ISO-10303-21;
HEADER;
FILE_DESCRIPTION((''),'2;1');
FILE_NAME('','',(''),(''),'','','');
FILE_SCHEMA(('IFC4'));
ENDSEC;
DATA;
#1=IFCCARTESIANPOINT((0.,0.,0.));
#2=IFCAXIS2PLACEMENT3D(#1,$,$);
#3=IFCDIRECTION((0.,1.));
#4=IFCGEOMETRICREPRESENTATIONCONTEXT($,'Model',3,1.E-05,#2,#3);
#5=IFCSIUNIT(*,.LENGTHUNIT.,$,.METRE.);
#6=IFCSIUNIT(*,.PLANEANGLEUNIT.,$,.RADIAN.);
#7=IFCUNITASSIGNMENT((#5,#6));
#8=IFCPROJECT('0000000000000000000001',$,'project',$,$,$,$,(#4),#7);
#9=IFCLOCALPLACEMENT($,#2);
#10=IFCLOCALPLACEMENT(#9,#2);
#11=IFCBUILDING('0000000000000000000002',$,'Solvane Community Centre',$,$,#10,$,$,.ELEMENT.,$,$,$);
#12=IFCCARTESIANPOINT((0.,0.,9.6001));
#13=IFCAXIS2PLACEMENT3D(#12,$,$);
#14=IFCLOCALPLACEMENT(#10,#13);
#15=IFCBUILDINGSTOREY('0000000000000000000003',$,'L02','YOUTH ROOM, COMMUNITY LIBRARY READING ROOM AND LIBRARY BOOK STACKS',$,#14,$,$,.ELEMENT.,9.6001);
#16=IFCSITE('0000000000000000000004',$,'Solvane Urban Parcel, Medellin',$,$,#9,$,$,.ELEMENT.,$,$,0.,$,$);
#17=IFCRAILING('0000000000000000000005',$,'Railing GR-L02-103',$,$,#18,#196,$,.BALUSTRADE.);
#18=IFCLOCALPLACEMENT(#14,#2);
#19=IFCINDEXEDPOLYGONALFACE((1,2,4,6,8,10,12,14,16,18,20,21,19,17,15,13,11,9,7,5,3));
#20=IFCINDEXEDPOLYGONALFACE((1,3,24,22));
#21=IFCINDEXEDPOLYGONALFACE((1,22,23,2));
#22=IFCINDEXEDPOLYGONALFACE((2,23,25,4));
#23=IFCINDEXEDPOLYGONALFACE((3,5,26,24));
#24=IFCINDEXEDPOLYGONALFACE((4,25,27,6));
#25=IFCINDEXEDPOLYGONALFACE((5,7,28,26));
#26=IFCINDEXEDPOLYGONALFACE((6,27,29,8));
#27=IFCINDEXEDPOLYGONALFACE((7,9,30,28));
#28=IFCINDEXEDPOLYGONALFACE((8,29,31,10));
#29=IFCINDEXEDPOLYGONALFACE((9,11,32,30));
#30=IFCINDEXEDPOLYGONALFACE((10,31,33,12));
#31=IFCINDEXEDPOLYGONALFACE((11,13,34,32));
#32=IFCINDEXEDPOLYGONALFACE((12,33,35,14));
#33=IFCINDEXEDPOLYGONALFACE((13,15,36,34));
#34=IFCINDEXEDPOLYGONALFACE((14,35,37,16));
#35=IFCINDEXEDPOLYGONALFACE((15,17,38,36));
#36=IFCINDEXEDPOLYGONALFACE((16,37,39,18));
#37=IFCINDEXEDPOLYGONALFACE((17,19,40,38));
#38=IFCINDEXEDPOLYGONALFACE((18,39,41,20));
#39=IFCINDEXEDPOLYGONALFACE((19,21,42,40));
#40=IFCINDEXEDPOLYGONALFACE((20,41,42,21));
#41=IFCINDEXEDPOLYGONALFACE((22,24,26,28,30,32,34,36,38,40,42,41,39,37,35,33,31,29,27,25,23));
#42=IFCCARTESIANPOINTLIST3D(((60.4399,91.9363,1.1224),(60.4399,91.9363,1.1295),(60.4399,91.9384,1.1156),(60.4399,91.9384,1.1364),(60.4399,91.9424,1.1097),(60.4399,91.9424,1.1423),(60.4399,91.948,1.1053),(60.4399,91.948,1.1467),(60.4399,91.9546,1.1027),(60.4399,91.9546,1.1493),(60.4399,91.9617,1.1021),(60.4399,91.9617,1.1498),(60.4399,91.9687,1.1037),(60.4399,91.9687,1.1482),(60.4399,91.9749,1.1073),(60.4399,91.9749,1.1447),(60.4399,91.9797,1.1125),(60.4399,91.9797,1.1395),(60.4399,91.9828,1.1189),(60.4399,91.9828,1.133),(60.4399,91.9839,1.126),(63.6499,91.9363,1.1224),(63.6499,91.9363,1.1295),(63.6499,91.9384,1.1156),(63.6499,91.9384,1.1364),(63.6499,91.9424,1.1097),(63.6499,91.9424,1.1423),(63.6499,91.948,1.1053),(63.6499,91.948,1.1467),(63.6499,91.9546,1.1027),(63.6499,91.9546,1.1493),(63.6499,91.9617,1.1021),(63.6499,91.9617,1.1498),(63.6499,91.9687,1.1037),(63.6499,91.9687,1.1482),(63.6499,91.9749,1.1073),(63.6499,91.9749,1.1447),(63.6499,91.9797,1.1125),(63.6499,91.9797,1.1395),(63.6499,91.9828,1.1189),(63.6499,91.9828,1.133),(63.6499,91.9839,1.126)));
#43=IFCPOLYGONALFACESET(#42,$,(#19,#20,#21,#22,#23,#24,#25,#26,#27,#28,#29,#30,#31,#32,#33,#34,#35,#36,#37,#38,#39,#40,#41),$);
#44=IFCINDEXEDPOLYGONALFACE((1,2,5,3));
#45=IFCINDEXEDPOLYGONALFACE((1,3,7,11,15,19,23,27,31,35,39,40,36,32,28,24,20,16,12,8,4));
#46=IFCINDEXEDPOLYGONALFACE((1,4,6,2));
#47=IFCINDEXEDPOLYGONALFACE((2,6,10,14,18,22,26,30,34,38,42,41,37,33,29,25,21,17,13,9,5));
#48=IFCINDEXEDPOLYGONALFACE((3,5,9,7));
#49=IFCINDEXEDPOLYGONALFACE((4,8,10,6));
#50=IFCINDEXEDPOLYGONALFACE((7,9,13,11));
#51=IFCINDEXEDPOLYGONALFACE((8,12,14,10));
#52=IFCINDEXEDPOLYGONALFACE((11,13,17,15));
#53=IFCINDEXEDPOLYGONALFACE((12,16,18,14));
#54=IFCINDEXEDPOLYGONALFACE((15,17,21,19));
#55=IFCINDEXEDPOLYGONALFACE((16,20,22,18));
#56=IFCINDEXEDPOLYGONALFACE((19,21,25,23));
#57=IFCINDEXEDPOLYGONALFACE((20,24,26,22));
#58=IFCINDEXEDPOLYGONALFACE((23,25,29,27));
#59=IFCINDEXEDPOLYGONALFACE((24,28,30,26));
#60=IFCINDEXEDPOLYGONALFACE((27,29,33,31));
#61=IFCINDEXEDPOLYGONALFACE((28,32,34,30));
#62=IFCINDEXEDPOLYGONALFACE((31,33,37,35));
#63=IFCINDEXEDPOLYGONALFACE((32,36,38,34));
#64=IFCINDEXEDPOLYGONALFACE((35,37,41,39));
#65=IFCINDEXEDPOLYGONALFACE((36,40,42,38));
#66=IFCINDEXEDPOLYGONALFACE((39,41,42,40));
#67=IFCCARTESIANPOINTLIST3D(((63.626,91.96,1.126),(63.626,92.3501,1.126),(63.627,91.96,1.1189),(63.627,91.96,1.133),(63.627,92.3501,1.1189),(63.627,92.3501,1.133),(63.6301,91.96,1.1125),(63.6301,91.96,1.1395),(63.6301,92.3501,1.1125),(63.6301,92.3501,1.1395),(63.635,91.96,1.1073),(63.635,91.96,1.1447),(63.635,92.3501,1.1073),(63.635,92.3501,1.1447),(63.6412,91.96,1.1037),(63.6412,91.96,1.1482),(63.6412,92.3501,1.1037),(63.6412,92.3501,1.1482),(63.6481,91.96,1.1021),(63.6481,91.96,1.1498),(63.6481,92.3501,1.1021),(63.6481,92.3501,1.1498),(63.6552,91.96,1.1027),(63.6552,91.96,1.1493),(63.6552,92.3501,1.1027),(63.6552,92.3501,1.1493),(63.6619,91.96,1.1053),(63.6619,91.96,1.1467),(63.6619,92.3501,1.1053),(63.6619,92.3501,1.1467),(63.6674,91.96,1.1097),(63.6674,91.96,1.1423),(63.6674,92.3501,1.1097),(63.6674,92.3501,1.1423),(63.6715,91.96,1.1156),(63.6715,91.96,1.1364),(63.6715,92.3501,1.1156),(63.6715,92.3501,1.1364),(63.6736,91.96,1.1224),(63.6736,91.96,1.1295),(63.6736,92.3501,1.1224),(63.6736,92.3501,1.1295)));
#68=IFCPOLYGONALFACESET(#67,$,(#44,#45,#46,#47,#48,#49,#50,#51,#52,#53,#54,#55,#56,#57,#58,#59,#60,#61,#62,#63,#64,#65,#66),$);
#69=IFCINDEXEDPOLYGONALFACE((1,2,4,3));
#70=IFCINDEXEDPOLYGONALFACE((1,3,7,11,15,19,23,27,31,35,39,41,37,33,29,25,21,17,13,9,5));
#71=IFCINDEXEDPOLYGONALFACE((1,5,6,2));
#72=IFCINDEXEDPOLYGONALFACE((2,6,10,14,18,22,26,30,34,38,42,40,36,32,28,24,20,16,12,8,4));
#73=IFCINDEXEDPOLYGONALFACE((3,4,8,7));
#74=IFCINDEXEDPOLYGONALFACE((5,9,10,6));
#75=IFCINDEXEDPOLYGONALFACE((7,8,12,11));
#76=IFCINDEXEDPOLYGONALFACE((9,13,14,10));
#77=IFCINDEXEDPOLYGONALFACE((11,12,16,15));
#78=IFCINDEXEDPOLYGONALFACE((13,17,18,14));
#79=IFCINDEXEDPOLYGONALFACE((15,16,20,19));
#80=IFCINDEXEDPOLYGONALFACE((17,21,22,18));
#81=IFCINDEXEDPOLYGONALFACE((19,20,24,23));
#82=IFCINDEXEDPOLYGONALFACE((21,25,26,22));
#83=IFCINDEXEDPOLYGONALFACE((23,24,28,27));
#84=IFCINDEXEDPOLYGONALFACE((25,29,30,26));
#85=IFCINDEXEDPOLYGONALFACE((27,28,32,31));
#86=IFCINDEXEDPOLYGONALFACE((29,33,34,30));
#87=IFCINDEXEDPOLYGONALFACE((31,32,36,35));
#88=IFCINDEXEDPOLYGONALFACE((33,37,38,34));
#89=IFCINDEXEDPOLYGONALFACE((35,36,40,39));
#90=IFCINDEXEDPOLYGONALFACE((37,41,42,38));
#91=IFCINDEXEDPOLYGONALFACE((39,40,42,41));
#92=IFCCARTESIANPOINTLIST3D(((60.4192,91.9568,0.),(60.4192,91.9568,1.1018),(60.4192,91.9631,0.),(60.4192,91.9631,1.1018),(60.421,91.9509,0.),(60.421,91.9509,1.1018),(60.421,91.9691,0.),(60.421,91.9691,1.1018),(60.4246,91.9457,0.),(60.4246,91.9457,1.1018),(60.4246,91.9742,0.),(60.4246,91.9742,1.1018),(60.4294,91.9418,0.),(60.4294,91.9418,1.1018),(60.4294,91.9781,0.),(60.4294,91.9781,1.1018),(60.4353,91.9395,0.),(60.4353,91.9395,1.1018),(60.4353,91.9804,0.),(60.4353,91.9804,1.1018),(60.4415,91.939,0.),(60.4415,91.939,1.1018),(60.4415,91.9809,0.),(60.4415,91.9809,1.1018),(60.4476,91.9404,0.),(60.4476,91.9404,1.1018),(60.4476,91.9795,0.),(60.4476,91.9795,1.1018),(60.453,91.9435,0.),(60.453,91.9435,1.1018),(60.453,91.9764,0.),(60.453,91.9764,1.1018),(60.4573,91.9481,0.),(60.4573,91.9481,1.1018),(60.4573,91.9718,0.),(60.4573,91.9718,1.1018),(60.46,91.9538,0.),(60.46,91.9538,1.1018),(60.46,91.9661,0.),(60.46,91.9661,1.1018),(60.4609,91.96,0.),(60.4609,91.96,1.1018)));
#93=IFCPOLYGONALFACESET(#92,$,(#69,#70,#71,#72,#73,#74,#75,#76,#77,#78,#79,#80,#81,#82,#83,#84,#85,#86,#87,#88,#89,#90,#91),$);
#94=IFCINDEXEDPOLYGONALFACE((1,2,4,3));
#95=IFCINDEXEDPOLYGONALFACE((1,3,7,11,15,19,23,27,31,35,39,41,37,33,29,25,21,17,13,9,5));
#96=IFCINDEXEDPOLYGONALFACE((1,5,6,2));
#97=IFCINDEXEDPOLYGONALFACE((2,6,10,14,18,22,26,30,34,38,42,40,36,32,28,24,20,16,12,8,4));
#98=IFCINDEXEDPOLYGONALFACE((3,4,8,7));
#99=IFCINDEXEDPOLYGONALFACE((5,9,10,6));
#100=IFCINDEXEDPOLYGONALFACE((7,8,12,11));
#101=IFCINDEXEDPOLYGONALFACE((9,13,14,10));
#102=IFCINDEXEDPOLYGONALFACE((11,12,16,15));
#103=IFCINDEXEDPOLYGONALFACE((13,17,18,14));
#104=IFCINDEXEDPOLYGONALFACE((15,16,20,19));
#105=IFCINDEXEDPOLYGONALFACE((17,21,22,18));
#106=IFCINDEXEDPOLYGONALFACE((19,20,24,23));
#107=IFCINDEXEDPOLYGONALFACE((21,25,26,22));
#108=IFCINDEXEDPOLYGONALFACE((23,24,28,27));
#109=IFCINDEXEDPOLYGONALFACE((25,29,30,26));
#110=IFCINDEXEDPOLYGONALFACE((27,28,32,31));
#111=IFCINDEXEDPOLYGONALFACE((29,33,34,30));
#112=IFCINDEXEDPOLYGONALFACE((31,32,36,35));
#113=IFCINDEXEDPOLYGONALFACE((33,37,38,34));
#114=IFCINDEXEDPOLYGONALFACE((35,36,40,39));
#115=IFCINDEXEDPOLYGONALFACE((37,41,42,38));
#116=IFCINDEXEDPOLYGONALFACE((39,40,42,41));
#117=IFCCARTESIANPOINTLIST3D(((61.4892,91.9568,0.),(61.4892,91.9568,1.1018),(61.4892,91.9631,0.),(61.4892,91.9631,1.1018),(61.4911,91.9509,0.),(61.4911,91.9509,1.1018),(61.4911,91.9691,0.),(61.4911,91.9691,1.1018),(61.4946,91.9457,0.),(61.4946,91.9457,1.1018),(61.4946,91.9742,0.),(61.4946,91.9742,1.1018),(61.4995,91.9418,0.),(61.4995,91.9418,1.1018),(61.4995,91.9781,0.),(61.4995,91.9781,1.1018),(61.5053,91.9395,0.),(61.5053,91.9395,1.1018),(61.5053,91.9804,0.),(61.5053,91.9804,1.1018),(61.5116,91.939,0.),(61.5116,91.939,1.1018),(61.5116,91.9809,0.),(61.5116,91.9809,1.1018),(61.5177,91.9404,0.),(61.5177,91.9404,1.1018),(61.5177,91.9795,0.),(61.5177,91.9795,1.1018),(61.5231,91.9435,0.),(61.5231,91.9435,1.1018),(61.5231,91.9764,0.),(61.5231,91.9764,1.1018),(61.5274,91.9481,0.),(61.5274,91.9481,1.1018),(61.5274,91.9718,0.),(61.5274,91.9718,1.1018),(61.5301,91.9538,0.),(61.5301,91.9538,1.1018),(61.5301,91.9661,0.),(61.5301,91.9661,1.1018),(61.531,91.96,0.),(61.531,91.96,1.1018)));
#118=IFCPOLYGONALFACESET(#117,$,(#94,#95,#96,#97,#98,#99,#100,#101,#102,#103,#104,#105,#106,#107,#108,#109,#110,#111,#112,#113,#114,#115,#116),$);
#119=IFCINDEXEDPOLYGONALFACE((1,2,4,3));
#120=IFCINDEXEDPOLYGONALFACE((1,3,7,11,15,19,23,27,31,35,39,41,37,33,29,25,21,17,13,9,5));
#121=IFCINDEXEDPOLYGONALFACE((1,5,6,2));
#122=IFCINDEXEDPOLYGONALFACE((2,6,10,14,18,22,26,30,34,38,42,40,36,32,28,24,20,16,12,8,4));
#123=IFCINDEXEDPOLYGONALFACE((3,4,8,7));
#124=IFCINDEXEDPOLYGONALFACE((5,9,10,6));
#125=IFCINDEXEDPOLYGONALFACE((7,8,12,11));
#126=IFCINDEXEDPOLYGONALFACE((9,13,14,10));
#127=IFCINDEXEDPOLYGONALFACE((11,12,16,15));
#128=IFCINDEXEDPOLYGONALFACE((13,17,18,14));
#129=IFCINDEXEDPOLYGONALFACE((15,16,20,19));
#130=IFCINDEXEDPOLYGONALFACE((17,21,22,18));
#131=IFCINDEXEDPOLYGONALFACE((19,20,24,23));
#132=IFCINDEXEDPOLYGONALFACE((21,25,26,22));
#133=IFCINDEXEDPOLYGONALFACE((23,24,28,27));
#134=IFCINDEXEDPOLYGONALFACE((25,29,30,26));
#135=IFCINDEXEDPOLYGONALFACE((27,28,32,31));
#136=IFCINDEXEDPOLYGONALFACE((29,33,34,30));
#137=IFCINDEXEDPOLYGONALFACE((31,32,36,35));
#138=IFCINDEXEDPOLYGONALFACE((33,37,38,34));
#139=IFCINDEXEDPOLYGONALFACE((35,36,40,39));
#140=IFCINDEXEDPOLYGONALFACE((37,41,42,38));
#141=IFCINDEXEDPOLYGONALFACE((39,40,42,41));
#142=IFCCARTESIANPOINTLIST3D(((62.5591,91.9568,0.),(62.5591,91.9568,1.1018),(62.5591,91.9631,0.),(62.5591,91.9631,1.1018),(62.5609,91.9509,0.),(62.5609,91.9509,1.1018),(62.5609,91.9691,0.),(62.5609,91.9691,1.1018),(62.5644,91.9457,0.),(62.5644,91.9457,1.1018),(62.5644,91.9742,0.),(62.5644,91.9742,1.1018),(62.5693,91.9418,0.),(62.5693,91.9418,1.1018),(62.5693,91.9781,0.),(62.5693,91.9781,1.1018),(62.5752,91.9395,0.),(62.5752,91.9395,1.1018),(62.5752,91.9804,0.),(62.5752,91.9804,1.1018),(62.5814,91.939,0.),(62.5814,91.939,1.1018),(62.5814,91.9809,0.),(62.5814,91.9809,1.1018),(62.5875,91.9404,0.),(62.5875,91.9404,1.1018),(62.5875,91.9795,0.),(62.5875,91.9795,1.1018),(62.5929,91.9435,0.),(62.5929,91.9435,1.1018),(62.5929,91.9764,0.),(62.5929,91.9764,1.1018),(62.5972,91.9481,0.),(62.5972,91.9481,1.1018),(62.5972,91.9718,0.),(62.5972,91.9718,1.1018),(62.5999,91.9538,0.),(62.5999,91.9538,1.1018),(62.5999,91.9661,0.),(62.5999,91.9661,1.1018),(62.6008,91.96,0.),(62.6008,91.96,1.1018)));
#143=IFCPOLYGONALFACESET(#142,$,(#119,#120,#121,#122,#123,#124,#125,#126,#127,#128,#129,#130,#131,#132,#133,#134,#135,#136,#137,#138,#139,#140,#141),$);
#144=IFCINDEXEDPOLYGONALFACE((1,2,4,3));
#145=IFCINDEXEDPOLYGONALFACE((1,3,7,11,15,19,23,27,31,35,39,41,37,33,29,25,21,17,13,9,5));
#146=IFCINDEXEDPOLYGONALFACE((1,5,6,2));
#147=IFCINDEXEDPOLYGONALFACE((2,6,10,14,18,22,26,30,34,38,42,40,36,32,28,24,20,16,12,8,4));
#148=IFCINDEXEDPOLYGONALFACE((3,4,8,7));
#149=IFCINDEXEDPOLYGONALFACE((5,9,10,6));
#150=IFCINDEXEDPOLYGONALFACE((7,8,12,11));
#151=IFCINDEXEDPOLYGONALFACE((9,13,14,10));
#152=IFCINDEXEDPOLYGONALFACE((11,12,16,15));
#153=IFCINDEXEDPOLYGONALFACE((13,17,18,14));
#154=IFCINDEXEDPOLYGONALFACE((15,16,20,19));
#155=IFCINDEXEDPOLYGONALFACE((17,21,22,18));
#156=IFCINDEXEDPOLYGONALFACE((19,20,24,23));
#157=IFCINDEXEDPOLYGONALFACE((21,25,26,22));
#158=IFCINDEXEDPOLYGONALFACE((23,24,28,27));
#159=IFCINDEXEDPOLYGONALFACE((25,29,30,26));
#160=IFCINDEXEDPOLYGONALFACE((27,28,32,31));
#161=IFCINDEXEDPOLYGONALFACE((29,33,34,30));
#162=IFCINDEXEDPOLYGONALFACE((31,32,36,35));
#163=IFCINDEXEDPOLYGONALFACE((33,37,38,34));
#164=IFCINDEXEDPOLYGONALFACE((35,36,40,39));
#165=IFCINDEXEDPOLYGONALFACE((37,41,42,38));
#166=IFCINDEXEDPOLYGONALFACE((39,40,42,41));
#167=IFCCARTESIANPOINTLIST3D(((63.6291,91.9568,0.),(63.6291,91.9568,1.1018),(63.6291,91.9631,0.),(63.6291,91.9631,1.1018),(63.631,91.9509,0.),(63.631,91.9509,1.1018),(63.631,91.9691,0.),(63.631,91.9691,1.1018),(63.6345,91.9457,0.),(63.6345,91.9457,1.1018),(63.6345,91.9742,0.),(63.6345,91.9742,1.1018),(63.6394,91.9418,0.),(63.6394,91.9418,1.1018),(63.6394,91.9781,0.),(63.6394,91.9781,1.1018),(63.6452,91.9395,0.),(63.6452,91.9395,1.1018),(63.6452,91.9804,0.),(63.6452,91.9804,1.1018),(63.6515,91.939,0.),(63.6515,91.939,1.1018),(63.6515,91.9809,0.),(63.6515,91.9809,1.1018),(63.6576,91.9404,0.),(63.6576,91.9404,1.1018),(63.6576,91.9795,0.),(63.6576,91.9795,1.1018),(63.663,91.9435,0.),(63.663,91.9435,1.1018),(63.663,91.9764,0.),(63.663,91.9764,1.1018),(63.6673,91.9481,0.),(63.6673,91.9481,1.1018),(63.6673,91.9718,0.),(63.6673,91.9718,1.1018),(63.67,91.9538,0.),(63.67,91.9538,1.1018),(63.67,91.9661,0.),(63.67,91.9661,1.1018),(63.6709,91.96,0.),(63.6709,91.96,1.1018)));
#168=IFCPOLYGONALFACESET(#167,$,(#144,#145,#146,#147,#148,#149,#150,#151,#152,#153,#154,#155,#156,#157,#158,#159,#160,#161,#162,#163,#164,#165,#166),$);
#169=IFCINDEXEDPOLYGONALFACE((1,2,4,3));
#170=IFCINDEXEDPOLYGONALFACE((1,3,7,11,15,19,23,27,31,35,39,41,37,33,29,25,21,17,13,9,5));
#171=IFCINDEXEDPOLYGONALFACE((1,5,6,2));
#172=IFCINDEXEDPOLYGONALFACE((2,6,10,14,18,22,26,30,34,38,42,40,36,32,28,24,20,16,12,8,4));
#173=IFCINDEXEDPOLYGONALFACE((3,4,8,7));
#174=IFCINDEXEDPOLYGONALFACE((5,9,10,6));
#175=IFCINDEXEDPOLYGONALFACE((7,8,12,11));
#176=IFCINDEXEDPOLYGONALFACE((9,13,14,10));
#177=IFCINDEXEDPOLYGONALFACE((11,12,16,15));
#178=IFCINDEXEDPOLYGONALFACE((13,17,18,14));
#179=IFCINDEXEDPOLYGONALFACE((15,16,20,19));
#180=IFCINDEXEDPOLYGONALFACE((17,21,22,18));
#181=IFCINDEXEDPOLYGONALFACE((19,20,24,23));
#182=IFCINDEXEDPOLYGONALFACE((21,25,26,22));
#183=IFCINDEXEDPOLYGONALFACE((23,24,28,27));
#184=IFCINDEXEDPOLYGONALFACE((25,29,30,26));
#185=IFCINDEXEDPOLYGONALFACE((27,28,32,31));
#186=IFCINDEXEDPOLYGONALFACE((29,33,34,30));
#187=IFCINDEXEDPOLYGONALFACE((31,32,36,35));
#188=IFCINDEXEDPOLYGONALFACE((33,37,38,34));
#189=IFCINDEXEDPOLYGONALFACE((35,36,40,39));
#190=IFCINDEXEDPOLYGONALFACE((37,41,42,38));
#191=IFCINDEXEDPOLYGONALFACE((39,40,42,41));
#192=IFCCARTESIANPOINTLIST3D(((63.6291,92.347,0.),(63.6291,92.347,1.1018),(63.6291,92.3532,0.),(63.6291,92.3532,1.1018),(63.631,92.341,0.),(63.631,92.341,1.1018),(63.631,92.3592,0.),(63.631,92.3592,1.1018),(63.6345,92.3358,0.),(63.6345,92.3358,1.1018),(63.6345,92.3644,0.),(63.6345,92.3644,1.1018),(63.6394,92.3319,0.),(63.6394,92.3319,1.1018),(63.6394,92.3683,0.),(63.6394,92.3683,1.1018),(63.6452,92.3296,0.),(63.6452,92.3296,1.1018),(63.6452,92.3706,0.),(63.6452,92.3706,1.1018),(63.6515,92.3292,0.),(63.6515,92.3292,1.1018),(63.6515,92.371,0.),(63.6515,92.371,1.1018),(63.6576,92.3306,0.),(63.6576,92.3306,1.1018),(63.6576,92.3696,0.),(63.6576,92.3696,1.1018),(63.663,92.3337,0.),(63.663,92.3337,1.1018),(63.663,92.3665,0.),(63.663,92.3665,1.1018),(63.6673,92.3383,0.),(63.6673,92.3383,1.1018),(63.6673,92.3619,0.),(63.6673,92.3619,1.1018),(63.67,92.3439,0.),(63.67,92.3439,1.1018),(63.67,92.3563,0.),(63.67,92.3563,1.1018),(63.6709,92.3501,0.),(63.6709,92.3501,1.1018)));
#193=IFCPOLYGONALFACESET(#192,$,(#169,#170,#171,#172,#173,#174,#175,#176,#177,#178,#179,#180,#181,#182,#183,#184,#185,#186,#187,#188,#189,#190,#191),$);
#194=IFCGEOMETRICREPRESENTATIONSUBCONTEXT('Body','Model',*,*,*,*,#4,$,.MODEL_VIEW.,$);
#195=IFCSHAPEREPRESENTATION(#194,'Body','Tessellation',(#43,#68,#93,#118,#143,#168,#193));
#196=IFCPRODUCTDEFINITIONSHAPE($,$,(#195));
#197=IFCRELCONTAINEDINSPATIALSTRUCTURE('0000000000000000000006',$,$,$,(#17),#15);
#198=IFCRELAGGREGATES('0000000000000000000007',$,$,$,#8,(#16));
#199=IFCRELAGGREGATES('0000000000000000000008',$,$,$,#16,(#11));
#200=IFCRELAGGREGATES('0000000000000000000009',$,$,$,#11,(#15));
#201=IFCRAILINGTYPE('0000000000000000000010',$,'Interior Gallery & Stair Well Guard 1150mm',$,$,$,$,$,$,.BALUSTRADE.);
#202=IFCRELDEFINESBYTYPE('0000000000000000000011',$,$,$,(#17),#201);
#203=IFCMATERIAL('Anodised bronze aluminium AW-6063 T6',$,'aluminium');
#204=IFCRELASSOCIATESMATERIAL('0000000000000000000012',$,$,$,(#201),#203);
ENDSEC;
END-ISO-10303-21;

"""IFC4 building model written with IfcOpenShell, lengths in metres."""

from ifc_helpers import new_model, si_unit, direction, frame, origin, origin_2d, place, context, subcontext, project, spatial, circle, extrude, material, type_object, element, save


model = new_model("IFC4")

# Units and contexts
model_context = context("Model", 3, precision=1e-05, world=origin(), true_north=direction((0.0, 1.0)))
body_context = subcontext(model_context, "Body", "Model", "MODEL_VIEW")
ifc_project = project(units=[si_unit("LENGTHUNIT", "METRE"), si_unit("PLANEANGLEUNIT", "RADIAN")], contexts=[model_context])

# Site, building, storey
site_placement = place(None, origin())
site = spatial("IfcSite", under=ifc_project, at=site_placement, Name="Solvane Urban Parcel, Medellin", CompositionType="ELEMENT", RefElevation=0.0)
building_placement = place(site_placement, origin())
building = spatial("IfcBuilding", under=site, at=building_placement, Name="Solvane Community Centre", CompositionType="ELEMENT")
storey_placement = place(building_placement, frame((0.0, 0.0, 9.6001)))
storey = spatial("IfcBuildingStorey", under=building, at=storey_placement, Name="L02", Description="YOUTH ROOM, COMMUNITY LIBRARY READING ROOM AND LIBRARY BOOK STACKS", CompositionType="ELEMENT", Elevation=9.6001)

# Shared definitions
ifc_material_1 = material(Name="Anodised bronze aluminium AW-6063 T6", Category="aluminium")

# Railing
railing_type = type_object("IfcRailingType", Name="Interior Gallery & Stair Well Guard 1150mm", PredefinedType="BALUSTRADE", material=ifc_material_1)
railing_placement = place(storey_placement, frame((60.4399, 91.96, 0.0)))
element("IfcRailing", 1, at=railing_placement, inside=storey, type_object=railing_type, Name="Railing GR-L02-103", PredefinedType="BALUSTRADE", context=body_context, shape_type="SweptSolid", body=[
    extrude(circle(Radius=0.0239, at=origin_2d()), frame((0.0, 0.0, 1.126), z_axis=(1.0, 0.0, 0.0), x_axis=(0.0, 1.0, 0.0)), (0.0, 0.0, 1.0), 3.21),
    extrude(circle(Radius=0.0239, at=origin_2d()), frame((3.21, 0.0, 1.126), z_axis=(0.0, 1.0, 0.0), x_axis=(-1.0, 0.0, 0.0)), (0.0, 0.0, 1.0), 0.3901),
    extrude(circle(Radius=0.021, at=origin_2d()), origin(), (0.0, 0.0, 1.0), 1.1018),
    extrude(circle(Radius=0.021, at=origin_2d()), frame((1.0701, 0.0, 0.0)), (0.0, 0.0, 1.0), 1.1018),
    extrude(circle(Radius=0.021, at=origin_2d()), frame((2.1399, 0.0, 0.0)), (0.0, 0.0, 1.0), 1.1018),
    extrude(circle(Radius=0.021, at=origin_2d()), frame((3.21, 0.0, 0.0)), (0.0, 0.0, 1.0), 1.1018),
    extrude(circle(Radius=0.021, at=origin_2d()), frame((3.21, 0.3901, 0.0)), (0.0, 0.0, 1.0), 1.1018),
])

save(model, "model.ifc")
